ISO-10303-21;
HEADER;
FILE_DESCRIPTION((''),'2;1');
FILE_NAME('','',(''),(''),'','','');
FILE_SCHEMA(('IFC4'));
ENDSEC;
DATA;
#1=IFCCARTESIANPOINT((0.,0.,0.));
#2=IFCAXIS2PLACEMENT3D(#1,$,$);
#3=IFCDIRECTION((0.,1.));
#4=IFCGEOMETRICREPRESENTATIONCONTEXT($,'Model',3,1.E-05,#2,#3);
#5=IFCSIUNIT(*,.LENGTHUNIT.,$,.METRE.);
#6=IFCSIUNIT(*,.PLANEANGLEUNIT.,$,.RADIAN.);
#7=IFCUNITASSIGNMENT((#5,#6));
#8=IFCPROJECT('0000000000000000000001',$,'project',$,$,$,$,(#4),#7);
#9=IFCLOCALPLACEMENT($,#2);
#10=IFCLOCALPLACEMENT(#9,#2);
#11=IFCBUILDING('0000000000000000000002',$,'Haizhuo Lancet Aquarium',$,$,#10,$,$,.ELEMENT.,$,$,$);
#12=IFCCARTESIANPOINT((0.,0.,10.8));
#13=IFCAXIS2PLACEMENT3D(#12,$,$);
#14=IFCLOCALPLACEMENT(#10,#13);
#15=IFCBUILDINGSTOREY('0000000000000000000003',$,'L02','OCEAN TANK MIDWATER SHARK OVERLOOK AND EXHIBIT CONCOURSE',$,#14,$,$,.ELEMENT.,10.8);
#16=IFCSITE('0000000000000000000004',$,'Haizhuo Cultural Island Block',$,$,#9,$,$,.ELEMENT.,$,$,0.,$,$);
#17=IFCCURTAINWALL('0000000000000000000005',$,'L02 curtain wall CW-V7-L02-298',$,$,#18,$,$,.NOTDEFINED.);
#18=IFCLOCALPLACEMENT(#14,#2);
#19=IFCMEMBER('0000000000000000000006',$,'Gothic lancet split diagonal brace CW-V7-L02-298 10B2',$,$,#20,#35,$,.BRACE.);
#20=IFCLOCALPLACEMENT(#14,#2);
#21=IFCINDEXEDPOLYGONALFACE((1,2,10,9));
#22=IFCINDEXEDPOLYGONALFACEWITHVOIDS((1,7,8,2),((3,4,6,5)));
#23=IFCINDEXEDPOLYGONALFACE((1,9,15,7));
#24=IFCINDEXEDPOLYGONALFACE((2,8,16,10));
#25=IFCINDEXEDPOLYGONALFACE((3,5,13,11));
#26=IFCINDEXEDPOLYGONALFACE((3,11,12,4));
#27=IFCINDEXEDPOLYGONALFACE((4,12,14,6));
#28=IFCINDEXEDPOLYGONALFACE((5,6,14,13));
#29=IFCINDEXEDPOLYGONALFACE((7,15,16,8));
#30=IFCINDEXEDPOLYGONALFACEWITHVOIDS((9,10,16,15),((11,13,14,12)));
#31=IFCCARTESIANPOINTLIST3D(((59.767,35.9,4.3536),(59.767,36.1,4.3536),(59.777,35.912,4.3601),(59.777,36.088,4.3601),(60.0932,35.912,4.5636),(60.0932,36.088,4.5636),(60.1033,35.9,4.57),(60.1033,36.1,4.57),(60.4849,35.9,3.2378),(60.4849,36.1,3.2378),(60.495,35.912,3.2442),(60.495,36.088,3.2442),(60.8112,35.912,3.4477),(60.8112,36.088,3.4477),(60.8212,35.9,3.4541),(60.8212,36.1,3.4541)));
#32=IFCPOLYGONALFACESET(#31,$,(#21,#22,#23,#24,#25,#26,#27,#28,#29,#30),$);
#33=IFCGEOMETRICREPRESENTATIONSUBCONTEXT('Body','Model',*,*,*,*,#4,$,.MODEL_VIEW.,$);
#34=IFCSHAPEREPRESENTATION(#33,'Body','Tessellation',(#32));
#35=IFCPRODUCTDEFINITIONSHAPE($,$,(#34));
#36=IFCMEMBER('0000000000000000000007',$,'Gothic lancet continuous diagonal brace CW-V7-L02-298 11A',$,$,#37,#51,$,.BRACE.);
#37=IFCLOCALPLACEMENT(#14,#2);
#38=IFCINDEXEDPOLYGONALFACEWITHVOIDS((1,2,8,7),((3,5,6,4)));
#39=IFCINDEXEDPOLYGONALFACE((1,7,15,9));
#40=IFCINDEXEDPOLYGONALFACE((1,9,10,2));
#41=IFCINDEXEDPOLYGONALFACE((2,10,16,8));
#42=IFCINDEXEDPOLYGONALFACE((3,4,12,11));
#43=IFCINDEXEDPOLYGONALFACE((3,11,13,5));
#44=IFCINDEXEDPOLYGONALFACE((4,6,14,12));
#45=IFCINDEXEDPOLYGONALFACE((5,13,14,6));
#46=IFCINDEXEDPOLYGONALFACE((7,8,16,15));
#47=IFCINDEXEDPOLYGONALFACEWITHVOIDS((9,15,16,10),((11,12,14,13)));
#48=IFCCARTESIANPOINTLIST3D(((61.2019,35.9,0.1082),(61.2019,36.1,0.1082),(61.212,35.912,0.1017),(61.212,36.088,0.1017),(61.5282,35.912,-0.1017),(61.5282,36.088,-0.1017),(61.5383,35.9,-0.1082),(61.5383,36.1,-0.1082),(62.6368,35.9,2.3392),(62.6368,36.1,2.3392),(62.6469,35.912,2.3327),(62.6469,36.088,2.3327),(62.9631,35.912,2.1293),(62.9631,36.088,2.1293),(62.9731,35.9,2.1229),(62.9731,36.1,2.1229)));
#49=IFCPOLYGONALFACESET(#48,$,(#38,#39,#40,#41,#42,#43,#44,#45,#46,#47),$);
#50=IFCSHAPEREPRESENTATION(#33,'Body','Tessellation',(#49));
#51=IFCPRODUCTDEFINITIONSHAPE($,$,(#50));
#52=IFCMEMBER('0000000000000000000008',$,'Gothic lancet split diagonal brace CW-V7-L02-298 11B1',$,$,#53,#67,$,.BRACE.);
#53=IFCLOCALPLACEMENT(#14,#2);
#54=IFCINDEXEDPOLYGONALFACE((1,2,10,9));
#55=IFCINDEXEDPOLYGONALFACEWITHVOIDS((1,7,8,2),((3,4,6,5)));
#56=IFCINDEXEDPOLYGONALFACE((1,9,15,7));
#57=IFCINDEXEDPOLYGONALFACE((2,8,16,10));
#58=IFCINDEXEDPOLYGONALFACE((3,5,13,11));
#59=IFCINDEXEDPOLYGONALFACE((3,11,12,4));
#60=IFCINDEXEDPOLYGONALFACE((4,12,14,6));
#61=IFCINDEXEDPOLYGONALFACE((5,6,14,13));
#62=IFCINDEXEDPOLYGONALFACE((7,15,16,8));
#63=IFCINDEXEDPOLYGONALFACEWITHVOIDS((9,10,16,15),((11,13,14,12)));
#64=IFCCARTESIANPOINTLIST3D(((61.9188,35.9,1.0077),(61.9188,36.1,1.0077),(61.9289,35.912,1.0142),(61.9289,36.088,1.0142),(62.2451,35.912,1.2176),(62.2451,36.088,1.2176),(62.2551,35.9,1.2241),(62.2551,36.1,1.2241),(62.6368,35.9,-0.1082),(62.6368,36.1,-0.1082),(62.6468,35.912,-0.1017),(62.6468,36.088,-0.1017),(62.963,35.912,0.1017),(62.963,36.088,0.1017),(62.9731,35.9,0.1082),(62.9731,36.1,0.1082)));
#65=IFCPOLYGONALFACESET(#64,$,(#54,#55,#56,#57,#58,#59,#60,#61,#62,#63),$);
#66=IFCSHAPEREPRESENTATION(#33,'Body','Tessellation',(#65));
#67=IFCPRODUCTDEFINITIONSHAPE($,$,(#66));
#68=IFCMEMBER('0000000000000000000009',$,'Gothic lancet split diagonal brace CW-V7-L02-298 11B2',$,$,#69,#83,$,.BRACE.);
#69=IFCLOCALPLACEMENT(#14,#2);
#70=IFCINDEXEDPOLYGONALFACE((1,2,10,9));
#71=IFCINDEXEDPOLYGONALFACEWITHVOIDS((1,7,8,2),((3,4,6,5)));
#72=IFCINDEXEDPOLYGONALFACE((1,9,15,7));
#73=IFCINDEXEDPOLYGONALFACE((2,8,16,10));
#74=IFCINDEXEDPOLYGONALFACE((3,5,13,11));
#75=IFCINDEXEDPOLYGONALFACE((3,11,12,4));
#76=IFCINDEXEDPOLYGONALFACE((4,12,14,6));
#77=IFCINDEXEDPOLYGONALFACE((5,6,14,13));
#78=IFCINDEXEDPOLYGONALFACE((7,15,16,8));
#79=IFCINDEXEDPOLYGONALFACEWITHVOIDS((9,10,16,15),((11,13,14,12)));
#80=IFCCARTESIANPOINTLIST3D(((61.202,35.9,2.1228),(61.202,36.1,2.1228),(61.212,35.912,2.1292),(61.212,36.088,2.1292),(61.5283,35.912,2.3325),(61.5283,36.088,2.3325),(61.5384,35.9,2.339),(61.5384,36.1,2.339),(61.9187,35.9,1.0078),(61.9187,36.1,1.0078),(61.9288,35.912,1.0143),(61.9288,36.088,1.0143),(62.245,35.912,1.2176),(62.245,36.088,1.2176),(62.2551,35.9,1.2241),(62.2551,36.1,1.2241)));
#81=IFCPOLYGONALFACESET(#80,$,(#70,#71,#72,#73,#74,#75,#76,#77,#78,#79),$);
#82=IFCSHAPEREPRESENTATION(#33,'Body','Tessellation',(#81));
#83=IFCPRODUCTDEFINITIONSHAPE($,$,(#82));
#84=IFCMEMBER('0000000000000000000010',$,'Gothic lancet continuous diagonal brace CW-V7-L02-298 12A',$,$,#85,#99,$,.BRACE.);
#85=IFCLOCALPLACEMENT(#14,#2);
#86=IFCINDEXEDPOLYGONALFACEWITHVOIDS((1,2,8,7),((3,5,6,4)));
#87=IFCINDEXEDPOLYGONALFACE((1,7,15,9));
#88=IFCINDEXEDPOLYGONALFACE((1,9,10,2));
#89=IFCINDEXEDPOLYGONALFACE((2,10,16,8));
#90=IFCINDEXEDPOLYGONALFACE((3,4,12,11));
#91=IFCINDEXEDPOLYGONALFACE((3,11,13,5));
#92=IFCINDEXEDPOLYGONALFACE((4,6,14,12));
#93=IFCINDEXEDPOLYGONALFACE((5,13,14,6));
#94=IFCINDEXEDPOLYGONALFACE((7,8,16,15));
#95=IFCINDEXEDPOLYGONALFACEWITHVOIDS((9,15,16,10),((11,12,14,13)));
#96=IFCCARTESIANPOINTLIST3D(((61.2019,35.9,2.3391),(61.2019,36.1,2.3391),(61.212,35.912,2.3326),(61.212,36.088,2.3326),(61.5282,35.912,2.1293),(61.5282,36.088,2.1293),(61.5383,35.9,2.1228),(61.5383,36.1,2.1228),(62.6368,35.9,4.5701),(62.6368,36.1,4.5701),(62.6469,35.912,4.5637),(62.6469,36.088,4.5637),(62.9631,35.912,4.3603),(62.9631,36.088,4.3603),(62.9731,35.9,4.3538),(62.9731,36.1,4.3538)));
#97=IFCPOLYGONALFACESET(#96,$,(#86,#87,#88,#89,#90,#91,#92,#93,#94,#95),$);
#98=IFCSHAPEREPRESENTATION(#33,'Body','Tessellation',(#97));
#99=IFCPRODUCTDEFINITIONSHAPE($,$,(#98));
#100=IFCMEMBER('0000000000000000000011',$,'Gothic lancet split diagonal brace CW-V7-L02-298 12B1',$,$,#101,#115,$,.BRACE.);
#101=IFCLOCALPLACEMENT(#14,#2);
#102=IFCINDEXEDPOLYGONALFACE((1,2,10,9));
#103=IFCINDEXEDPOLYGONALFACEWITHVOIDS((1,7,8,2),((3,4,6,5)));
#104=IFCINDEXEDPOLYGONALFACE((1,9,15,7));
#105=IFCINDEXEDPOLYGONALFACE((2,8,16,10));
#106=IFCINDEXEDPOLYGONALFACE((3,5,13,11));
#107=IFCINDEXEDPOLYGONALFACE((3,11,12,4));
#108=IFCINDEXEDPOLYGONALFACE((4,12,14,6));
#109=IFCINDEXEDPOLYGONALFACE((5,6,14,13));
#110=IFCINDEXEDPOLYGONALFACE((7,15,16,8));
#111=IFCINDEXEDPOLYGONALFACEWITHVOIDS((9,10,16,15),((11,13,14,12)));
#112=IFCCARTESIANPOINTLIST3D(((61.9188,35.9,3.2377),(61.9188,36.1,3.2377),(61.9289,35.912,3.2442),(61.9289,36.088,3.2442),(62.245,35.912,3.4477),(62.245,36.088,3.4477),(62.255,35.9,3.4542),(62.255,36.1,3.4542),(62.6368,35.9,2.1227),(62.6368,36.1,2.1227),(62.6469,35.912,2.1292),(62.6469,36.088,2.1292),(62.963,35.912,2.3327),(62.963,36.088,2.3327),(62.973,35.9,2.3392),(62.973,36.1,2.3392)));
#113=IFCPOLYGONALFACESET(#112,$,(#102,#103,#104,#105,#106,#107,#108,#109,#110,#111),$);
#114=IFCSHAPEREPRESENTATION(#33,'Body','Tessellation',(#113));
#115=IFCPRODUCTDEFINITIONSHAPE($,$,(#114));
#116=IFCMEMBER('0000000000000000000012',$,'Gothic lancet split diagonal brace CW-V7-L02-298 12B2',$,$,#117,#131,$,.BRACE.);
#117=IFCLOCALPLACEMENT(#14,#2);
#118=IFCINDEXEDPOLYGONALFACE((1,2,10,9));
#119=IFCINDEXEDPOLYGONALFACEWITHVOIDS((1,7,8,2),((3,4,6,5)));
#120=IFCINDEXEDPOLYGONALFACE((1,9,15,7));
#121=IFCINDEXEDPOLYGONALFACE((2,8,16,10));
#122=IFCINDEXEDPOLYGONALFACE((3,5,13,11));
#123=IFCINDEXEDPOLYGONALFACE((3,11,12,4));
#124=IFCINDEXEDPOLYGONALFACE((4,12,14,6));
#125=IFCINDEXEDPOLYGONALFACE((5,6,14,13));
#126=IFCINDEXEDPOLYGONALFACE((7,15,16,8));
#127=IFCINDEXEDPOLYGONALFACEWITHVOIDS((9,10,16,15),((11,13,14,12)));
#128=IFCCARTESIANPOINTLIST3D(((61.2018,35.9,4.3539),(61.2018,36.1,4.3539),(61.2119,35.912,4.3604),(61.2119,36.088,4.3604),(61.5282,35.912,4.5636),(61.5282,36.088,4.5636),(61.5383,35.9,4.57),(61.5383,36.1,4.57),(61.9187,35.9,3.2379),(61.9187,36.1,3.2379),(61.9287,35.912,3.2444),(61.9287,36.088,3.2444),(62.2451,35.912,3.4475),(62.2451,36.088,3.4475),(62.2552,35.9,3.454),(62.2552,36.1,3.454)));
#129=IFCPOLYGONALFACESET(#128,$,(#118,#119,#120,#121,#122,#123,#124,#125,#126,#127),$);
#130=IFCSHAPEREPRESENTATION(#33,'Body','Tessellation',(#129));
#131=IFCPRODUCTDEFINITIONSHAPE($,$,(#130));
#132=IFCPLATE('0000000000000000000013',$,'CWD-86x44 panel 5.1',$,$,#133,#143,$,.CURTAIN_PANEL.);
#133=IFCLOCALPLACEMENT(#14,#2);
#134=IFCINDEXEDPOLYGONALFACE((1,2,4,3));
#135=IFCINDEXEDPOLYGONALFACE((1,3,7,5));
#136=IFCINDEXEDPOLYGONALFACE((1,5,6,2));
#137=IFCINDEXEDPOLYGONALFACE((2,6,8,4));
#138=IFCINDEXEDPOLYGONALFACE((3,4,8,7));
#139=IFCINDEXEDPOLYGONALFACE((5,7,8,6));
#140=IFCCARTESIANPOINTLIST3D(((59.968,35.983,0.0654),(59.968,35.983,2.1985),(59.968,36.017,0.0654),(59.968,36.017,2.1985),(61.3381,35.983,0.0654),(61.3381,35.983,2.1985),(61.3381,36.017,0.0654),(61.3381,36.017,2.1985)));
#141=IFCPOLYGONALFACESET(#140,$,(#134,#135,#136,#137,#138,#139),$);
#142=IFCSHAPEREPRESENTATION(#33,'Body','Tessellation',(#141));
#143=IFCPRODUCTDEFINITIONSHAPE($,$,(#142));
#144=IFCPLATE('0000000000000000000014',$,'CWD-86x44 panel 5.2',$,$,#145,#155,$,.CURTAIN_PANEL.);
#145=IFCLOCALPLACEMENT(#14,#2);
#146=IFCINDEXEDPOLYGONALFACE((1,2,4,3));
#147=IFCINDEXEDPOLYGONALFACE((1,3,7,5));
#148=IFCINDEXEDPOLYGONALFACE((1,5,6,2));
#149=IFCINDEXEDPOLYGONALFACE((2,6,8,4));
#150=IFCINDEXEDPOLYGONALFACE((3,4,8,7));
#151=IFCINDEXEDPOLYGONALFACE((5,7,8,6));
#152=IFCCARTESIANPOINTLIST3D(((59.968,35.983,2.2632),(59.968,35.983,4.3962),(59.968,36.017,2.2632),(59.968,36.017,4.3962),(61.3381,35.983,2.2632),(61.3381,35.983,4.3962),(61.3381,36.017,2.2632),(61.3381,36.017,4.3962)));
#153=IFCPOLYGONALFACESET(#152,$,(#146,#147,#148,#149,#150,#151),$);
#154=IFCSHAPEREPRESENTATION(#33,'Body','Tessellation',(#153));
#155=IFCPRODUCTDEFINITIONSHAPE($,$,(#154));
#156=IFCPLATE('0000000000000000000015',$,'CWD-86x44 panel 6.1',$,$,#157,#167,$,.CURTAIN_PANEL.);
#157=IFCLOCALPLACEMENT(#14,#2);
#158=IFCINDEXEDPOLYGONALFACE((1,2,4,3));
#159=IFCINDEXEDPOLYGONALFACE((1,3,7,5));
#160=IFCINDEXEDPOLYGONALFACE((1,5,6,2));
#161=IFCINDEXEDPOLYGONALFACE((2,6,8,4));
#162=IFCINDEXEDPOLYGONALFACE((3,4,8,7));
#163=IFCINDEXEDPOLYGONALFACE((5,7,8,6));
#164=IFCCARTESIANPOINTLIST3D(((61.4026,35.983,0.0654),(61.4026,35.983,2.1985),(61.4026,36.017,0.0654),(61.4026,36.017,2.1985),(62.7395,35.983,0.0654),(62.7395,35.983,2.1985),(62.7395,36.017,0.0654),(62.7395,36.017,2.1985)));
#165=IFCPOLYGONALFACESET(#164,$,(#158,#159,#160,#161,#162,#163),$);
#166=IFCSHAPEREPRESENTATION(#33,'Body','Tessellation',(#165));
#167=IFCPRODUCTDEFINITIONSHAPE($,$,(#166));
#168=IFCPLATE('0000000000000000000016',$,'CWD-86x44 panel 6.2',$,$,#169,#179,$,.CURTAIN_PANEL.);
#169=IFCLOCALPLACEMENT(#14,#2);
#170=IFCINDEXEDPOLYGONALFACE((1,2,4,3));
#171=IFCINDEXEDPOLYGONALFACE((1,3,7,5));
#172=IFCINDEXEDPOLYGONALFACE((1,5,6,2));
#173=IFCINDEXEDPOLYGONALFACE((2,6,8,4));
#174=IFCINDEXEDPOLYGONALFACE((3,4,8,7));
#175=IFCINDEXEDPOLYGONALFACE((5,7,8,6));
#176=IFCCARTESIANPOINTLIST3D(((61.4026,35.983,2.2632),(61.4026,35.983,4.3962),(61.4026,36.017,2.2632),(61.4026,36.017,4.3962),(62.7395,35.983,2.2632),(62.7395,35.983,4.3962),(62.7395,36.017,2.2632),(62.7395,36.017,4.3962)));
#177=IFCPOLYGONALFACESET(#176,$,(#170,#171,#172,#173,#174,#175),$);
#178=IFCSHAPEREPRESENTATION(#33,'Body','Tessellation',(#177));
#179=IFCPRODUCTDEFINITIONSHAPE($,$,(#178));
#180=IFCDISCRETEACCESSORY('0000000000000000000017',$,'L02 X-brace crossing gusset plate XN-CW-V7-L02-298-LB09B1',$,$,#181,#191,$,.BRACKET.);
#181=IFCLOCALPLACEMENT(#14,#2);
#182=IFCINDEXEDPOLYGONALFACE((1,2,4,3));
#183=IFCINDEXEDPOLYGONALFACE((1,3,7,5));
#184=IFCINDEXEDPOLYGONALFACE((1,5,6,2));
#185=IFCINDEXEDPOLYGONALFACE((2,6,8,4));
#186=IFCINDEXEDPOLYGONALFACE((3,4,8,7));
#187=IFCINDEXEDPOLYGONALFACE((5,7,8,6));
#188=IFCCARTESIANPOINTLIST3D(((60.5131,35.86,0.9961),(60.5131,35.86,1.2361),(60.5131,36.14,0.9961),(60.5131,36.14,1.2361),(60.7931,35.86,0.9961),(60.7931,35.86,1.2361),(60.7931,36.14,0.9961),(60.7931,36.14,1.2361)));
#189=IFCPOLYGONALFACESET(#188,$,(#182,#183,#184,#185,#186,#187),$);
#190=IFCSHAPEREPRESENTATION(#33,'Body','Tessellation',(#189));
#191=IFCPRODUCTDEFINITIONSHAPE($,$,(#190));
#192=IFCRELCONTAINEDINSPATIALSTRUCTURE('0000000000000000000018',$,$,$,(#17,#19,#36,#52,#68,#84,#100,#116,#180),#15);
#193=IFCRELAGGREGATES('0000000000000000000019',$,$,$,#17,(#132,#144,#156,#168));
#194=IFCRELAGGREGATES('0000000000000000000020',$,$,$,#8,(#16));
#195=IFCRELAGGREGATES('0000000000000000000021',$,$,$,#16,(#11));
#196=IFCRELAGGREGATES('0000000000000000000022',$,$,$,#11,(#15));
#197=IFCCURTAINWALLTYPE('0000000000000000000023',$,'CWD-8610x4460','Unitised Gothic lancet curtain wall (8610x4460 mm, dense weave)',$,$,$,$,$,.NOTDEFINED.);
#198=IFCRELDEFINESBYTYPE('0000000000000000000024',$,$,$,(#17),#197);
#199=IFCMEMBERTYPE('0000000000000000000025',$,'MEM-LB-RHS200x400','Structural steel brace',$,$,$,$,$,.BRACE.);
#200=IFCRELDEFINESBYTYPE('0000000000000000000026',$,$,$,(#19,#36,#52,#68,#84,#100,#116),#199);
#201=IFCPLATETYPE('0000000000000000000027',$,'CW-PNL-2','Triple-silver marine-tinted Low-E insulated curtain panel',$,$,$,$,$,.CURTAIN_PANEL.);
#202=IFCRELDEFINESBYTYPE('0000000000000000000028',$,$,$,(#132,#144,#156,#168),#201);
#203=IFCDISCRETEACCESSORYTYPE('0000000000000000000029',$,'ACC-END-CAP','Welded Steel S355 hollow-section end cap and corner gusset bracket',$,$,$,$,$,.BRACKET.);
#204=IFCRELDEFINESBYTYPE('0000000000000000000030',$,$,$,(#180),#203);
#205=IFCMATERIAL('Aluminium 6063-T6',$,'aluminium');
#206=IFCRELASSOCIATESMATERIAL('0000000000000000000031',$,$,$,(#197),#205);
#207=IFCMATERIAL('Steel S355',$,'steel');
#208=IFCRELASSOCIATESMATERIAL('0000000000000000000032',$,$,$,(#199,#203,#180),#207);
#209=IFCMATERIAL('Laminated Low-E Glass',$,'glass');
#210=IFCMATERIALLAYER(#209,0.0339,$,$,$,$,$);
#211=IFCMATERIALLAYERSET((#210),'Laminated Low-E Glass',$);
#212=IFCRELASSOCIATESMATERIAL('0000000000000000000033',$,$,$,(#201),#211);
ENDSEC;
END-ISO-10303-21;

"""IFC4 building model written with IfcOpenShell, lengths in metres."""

from ifc_helpers import new_model, si_unit, direction, frame, origin, origin_2d, place, context, subcontext, project, spatial, rectangle, hollow_rectangle, extrude, material, layer, layer_set, material_profile, profile_set, type_object, element, aggregate, save


model = new_model("IFC4")

# Units and contexts
model_context = context("Model", 3, precision=1e-05, world=origin(), true_north=direction((0.0, 1.0)))
body_context = subcontext(model_context, "Body", "Model", "MODEL_VIEW")
ifc_project = project(units=[si_unit("LENGTHUNIT", "METRE"), si_unit("PLANEANGLEUNIT", "RADIAN")], contexts=[model_context])

# Site, building, storey
site_placement = place(None, origin())
site = spatial("IfcSite", under=ifc_project, at=site_placement, Name="Haizhuo Cultural Island Block", CompositionType="ELEMENT", RefElevation=0.0)
building_placement = place(site_placement, origin())
building = spatial("IfcBuilding", under=site, at=building_placement, Name="Haizhuo Lancet Aquarium", CompositionType="ELEMENT")
storey_placement = place(building_placement, frame((0.0, 0.0, 10.8)))
storey = spatial("IfcBuildingStorey", under=building, at=storey_placement, Name="L02", Description="OCEAN TANK MIDWATER SHARK OVERLOOK AND EXHIBIT CONCOURSE", CompositionType="ELEMENT", Elevation=10.8)

# Shared definitions
ifc_material_1 = material(Name="Steel S355", Category="steel")

# Curtain wall
ifc_material_2 = material(Name="Aluminium 6063-T6", Category="aluminium")
curtain_wall_type = type_object("IfcCurtainWallType", Name="CWD-8610x4460", Description="Unitised Gothic lancet curtain wall (8610x4460 mm, dense weave)", PredefinedType="NOTDEFINED", material=ifc_material_2)
curtain_wall_placement = place(storey_placement, origin())
curtain_wall = element("IfcCurtainWall", 1, at=curtain_wall_placement, inside=storey, type_object=curtain_wall_type, Name="L02 curtain wall CW-V7-L02-298", PredefinedType="NOTDEFINED")

# Members
ifc_material_profile_1 = material_profile(ifc_material_1, hollow_rectangle(XDim=0.2, YDim=0.3999, WallThickness=0.012, at=origin_2d()), Name="RHS 200x400x12")
ifc_profile_set_1 = profile_set([ifc_material_profile_1], Name="Steel S355")
member_type_1 = type_object("IfcMemberType", Name="MEM-LB-RHS200x400", Description="Structural steel brace", PredefinedType="BRACE", material=ifc_profile_set_1)
member_1_placement = place(storey_placement, frame((60.6531, 36.0, 3.3459), z_axis=(-0.541083, 0.0, 0.840969), x_axis=(0.0, -1.0, 0.0)))
element("IfcMember", 2, at=member_1_placement, inside=storey, type_object=member_type_1, Name="Gothic lancet split diagonal brace CW-V7-L02-298 10B2", PredefinedType="BRACE", context=body_context, shape_type="SweptSolid", body=[
    extrude(hollow_rectangle(XDim=0.2, YDim=0.3999, WallThickness=0.012, at=origin_2d()), origin(), (0.0, 0.0, 1.0), 1.3269),
])
member_2_placement = place(storey_placement, frame((61.3701, 36.0, 0.0), z_axis=(0.540925, 0.0, 0.841071), x_axis=(0.0, 1.0, 0.0)))
element("IfcMember", 3, at=member_2_placement, inside=storey, type_object=member_type_1, Name="Gothic lancet continuous diagonal brace CW-V7-L02-298 11A", PredefinedType="BRACE", context=body_context, shape_type="SweptSolid", body=[
    extrude(hollow_rectangle(XDim=0.2, YDim=0.3999, WallThickness=0.012, at=origin_2d()), origin(), (0.0, 0.0, 1.0), 2.6526),
])
member_3_placement = place(storey_placement, frame((62.8049, 36.0, 0.0), z_axis=(-0.541083, 0.0, 0.840969), x_axis=(0.0, -1.0, 0.0)))
element("IfcMember", 4, at=member_3_placement, inside=storey, type_object=member_type_1, Name="Gothic lancet split diagonal brace CW-V7-L02-298 11B1", PredefinedType="BRACE", context=body_context, shape_type="SweptSolid", body=[
    extrude(hollow_rectangle(XDim=0.2, YDim=0.3999, WallThickness=0.012, at=origin_2d()), origin(), (0.0, 0.0, 1.0), 1.3269),
])
member_4_placement = place(storey_placement, frame((62.0869, 36.0, 1.116), z_axis=(-0.540767, 0.0, 0.841172), x_axis=(0.0, -1.0, 0.0)))
element("IfcMember", 5, at=member_4_placement, inside=storey, type_object=member_type_1, Name="Gothic lancet split diagonal brace CW-V7-L02-298 11B2", PredefinedType="BRACE", context=body_context, shape_type="SweptSolid", body=[
    extrude(hollow_rectangle(XDim=0.2, YDim=0.3999, WallThickness=0.012, at=origin_2d()), origin(), (0.0, 0.0, 1.0), 1.3254),
])
member_5_placement = place(storey_placement, frame((61.3701, 36.0, 2.231), z_axis=(0.540925, 0.0, 0.841071), x_axis=(0.0, 1.0, 0.0)))
element("IfcMember", 6, at=member_5_placement, inside=storey, type_object=member_type_1, Name="Gothic lancet continuous diagonal brace CW-V7-L02-298 12A", PredefinedType="BRACE", context=body_context, shape_type="SweptSolid", body=[
    extrude(hollow_rectangle(XDim=0.2, YDim=0.3999, WallThickness=0.012, at=origin_2d()), origin(), (0.0, 0.0, 1.0), 2.6526),
])
member_6_placement = place(storey_placement, frame((62.8049, 36.0, 2.231), z_axis=(-0.541418, 0.0, 0.840754), x_axis=(0.0, -1.0, 0.0)))
element("IfcMember", 7, at=member_6_placement, inside=storey, type_object=member_type_1, Name="Gothic lancet split diagonal brace CW-V7-L02-298 12B1", PredefinedType="BRACE", context=body_context, shape_type="SweptSolid", body=[
    extrude(hollow_rectangle(XDim=0.2, YDim=0.3999, WallThickness=0.012, at=origin_2d()), origin(), (0.0, 0.0, 1.0), 1.3262),
])
member_7_placement = place(storey_placement, frame((62.0869, 36.0, 3.3459), z_axis=(-0.540432, 0.0, 0.841388), x_axis=(0.0, -1.0, 0.0)))
element("IfcMember", 8, at=member_7_placement, inside=storey, type_object=member_type_1, Name="Gothic lancet split diagonal brace CW-V7-L02-298 12B2", PredefinedType="BRACE", context=body_context, shape_type="SweptSolid", body=[
    extrude(hollow_rectangle(XDim=0.2, YDim=0.3999, WallThickness=0.012, at=origin_2d()), origin(), (0.0, 0.0, 1.0), 1.3264),
])

# Plates
ifc_material_3 = material(Name="Laminated Low-E Glass", Category="glass")
ifc_layer = layer(ifc_material_3, 0.0339)
ifc_layer_set = layer_set([ifc_layer], Name="Laminated Low-E Glass")
plate_type = type_object("IfcPlateType", Name="CW-PNL-2", Description="Triple-silver marine-tinted Low-E insulated curtain panel", PredefinedType="CURTAIN_PANEL", material=ifc_layer_set)
plate_1_placement = place(storey_placement, frame((60.6531, 36.0, 0.0654), z_axis=(0.0, 0.0, 1.0), x_axis=(1.0, 0.0, 0.0)))
plate_1 = element("IfcPlate", 9, at=plate_1_placement, type_object=plate_type, Name="CWD-86x44 panel 5.1", PredefinedType="CURTAIN_PANEL", context=body_context, shape_type="SweptSolid", body=[
    extrude(rectangle(XDim=1.3701, YDim=0.0339, at=origin_2d()), origin(), (0.0, 0.0, 1.0), 2.1331),
])
plate_2_placement = place(storey_placement, frame((60.6531, 36.0, 2.2632), z_axis=(0.0, 0.0, 1.0), x_axis=(1.0, 0.0, 0.0)))
plate_2 = element("IfcPlate", 10, at=plate_2_placement, type_object=plate_type, Name="CWD-86x44 panel 5.2", PredefinedType="CURTAIN_PANEL", context=body_context, shape_type="SweptSolid", body=[
    extrude(rectangle(XDim=1.3701, YDim=0.0339, at=origin_2d()), origin(), (0.0, 0.0, 1.0), 2.1331),
])
plate_3_placement = place(storey_placement, frame((62.071, 36.0, 0.0654), z_axis=(0.0, 0.0, 1.0), x_axis=(1.0, 0.0, 0.0)))
plate_3 = element("IfcPlate", 11, at=plate_3_placement, type_object=plate_type, Name="CWD-86x44 panel 6.1", PredefinedType="CURTAIN_PANEL", context=body_context, shape_type="SweptSolid", body=[
    extrude(rectangle(XDim=1.3369, YDim=0.0339, at=origin_2d()), origin(), (0.0, 0.0, 1.0), 2.1331),
])
plate_4_placement = place(storey_placement, frame((62.071, 36.0, 2.2632), z_axis=(0.0, 0.0, 1.0), x_axis=(1.0, 0.0, 0.0)))
plate_4 = element("IfcPlate", 12, at=plate_4_placement, type_object=plate_type, Name="CWD-86x44 panel 6.2", PredefinedType="CURTAIN_PANEL", context=body_context, shape_type="SweptSolid", body=[
    extrude(rectangle(XDim=1.3369, YDim=0.0339, at=origin_2d()), origin(), (0.0, 0.0, 1.0), 2.1331),
])
aggregate(curtain_wall, [plate_1, plate_2, plate_3, plate_4])

# Discrete accessory
discrete_accessory_type = type_object("IfcDiscreteAccessoryType", Name="ACC-END-CAP", Description="Welded Steel S355 hollow-section end cap and corner gusset bracket", PredefinedType="BRACKET", material=ifc_material_1)
for number, where, z_axis, x_axis, name in (
    (13, (60.6531, 36.0, 0.9961), (0.0, 0.0, 1.0), (1.0, 0.0, 0.0), "L02 X-brace crossing gusset plate XN-CW-V7-L02-298-LB09B1"),
):
    element("IfcDiscreteAccessory", number, at=place(storey_placement, frame(where, z_axis=z_axis, x_axis=x_axis)), inside=storey, type_object=discrete_accessory_type, material=ifc_material_1, Name=name, PredefinedType="BRACKET", context=body_context, shape_type="SweptSolid", body=[
        extrude(rectangle(XDim=0.28, YDim=0.28, at=origin_2d()), origin(), (0.0, 0.0, 1.0), 0.24),
    ])

save(model, "model.ifc")
